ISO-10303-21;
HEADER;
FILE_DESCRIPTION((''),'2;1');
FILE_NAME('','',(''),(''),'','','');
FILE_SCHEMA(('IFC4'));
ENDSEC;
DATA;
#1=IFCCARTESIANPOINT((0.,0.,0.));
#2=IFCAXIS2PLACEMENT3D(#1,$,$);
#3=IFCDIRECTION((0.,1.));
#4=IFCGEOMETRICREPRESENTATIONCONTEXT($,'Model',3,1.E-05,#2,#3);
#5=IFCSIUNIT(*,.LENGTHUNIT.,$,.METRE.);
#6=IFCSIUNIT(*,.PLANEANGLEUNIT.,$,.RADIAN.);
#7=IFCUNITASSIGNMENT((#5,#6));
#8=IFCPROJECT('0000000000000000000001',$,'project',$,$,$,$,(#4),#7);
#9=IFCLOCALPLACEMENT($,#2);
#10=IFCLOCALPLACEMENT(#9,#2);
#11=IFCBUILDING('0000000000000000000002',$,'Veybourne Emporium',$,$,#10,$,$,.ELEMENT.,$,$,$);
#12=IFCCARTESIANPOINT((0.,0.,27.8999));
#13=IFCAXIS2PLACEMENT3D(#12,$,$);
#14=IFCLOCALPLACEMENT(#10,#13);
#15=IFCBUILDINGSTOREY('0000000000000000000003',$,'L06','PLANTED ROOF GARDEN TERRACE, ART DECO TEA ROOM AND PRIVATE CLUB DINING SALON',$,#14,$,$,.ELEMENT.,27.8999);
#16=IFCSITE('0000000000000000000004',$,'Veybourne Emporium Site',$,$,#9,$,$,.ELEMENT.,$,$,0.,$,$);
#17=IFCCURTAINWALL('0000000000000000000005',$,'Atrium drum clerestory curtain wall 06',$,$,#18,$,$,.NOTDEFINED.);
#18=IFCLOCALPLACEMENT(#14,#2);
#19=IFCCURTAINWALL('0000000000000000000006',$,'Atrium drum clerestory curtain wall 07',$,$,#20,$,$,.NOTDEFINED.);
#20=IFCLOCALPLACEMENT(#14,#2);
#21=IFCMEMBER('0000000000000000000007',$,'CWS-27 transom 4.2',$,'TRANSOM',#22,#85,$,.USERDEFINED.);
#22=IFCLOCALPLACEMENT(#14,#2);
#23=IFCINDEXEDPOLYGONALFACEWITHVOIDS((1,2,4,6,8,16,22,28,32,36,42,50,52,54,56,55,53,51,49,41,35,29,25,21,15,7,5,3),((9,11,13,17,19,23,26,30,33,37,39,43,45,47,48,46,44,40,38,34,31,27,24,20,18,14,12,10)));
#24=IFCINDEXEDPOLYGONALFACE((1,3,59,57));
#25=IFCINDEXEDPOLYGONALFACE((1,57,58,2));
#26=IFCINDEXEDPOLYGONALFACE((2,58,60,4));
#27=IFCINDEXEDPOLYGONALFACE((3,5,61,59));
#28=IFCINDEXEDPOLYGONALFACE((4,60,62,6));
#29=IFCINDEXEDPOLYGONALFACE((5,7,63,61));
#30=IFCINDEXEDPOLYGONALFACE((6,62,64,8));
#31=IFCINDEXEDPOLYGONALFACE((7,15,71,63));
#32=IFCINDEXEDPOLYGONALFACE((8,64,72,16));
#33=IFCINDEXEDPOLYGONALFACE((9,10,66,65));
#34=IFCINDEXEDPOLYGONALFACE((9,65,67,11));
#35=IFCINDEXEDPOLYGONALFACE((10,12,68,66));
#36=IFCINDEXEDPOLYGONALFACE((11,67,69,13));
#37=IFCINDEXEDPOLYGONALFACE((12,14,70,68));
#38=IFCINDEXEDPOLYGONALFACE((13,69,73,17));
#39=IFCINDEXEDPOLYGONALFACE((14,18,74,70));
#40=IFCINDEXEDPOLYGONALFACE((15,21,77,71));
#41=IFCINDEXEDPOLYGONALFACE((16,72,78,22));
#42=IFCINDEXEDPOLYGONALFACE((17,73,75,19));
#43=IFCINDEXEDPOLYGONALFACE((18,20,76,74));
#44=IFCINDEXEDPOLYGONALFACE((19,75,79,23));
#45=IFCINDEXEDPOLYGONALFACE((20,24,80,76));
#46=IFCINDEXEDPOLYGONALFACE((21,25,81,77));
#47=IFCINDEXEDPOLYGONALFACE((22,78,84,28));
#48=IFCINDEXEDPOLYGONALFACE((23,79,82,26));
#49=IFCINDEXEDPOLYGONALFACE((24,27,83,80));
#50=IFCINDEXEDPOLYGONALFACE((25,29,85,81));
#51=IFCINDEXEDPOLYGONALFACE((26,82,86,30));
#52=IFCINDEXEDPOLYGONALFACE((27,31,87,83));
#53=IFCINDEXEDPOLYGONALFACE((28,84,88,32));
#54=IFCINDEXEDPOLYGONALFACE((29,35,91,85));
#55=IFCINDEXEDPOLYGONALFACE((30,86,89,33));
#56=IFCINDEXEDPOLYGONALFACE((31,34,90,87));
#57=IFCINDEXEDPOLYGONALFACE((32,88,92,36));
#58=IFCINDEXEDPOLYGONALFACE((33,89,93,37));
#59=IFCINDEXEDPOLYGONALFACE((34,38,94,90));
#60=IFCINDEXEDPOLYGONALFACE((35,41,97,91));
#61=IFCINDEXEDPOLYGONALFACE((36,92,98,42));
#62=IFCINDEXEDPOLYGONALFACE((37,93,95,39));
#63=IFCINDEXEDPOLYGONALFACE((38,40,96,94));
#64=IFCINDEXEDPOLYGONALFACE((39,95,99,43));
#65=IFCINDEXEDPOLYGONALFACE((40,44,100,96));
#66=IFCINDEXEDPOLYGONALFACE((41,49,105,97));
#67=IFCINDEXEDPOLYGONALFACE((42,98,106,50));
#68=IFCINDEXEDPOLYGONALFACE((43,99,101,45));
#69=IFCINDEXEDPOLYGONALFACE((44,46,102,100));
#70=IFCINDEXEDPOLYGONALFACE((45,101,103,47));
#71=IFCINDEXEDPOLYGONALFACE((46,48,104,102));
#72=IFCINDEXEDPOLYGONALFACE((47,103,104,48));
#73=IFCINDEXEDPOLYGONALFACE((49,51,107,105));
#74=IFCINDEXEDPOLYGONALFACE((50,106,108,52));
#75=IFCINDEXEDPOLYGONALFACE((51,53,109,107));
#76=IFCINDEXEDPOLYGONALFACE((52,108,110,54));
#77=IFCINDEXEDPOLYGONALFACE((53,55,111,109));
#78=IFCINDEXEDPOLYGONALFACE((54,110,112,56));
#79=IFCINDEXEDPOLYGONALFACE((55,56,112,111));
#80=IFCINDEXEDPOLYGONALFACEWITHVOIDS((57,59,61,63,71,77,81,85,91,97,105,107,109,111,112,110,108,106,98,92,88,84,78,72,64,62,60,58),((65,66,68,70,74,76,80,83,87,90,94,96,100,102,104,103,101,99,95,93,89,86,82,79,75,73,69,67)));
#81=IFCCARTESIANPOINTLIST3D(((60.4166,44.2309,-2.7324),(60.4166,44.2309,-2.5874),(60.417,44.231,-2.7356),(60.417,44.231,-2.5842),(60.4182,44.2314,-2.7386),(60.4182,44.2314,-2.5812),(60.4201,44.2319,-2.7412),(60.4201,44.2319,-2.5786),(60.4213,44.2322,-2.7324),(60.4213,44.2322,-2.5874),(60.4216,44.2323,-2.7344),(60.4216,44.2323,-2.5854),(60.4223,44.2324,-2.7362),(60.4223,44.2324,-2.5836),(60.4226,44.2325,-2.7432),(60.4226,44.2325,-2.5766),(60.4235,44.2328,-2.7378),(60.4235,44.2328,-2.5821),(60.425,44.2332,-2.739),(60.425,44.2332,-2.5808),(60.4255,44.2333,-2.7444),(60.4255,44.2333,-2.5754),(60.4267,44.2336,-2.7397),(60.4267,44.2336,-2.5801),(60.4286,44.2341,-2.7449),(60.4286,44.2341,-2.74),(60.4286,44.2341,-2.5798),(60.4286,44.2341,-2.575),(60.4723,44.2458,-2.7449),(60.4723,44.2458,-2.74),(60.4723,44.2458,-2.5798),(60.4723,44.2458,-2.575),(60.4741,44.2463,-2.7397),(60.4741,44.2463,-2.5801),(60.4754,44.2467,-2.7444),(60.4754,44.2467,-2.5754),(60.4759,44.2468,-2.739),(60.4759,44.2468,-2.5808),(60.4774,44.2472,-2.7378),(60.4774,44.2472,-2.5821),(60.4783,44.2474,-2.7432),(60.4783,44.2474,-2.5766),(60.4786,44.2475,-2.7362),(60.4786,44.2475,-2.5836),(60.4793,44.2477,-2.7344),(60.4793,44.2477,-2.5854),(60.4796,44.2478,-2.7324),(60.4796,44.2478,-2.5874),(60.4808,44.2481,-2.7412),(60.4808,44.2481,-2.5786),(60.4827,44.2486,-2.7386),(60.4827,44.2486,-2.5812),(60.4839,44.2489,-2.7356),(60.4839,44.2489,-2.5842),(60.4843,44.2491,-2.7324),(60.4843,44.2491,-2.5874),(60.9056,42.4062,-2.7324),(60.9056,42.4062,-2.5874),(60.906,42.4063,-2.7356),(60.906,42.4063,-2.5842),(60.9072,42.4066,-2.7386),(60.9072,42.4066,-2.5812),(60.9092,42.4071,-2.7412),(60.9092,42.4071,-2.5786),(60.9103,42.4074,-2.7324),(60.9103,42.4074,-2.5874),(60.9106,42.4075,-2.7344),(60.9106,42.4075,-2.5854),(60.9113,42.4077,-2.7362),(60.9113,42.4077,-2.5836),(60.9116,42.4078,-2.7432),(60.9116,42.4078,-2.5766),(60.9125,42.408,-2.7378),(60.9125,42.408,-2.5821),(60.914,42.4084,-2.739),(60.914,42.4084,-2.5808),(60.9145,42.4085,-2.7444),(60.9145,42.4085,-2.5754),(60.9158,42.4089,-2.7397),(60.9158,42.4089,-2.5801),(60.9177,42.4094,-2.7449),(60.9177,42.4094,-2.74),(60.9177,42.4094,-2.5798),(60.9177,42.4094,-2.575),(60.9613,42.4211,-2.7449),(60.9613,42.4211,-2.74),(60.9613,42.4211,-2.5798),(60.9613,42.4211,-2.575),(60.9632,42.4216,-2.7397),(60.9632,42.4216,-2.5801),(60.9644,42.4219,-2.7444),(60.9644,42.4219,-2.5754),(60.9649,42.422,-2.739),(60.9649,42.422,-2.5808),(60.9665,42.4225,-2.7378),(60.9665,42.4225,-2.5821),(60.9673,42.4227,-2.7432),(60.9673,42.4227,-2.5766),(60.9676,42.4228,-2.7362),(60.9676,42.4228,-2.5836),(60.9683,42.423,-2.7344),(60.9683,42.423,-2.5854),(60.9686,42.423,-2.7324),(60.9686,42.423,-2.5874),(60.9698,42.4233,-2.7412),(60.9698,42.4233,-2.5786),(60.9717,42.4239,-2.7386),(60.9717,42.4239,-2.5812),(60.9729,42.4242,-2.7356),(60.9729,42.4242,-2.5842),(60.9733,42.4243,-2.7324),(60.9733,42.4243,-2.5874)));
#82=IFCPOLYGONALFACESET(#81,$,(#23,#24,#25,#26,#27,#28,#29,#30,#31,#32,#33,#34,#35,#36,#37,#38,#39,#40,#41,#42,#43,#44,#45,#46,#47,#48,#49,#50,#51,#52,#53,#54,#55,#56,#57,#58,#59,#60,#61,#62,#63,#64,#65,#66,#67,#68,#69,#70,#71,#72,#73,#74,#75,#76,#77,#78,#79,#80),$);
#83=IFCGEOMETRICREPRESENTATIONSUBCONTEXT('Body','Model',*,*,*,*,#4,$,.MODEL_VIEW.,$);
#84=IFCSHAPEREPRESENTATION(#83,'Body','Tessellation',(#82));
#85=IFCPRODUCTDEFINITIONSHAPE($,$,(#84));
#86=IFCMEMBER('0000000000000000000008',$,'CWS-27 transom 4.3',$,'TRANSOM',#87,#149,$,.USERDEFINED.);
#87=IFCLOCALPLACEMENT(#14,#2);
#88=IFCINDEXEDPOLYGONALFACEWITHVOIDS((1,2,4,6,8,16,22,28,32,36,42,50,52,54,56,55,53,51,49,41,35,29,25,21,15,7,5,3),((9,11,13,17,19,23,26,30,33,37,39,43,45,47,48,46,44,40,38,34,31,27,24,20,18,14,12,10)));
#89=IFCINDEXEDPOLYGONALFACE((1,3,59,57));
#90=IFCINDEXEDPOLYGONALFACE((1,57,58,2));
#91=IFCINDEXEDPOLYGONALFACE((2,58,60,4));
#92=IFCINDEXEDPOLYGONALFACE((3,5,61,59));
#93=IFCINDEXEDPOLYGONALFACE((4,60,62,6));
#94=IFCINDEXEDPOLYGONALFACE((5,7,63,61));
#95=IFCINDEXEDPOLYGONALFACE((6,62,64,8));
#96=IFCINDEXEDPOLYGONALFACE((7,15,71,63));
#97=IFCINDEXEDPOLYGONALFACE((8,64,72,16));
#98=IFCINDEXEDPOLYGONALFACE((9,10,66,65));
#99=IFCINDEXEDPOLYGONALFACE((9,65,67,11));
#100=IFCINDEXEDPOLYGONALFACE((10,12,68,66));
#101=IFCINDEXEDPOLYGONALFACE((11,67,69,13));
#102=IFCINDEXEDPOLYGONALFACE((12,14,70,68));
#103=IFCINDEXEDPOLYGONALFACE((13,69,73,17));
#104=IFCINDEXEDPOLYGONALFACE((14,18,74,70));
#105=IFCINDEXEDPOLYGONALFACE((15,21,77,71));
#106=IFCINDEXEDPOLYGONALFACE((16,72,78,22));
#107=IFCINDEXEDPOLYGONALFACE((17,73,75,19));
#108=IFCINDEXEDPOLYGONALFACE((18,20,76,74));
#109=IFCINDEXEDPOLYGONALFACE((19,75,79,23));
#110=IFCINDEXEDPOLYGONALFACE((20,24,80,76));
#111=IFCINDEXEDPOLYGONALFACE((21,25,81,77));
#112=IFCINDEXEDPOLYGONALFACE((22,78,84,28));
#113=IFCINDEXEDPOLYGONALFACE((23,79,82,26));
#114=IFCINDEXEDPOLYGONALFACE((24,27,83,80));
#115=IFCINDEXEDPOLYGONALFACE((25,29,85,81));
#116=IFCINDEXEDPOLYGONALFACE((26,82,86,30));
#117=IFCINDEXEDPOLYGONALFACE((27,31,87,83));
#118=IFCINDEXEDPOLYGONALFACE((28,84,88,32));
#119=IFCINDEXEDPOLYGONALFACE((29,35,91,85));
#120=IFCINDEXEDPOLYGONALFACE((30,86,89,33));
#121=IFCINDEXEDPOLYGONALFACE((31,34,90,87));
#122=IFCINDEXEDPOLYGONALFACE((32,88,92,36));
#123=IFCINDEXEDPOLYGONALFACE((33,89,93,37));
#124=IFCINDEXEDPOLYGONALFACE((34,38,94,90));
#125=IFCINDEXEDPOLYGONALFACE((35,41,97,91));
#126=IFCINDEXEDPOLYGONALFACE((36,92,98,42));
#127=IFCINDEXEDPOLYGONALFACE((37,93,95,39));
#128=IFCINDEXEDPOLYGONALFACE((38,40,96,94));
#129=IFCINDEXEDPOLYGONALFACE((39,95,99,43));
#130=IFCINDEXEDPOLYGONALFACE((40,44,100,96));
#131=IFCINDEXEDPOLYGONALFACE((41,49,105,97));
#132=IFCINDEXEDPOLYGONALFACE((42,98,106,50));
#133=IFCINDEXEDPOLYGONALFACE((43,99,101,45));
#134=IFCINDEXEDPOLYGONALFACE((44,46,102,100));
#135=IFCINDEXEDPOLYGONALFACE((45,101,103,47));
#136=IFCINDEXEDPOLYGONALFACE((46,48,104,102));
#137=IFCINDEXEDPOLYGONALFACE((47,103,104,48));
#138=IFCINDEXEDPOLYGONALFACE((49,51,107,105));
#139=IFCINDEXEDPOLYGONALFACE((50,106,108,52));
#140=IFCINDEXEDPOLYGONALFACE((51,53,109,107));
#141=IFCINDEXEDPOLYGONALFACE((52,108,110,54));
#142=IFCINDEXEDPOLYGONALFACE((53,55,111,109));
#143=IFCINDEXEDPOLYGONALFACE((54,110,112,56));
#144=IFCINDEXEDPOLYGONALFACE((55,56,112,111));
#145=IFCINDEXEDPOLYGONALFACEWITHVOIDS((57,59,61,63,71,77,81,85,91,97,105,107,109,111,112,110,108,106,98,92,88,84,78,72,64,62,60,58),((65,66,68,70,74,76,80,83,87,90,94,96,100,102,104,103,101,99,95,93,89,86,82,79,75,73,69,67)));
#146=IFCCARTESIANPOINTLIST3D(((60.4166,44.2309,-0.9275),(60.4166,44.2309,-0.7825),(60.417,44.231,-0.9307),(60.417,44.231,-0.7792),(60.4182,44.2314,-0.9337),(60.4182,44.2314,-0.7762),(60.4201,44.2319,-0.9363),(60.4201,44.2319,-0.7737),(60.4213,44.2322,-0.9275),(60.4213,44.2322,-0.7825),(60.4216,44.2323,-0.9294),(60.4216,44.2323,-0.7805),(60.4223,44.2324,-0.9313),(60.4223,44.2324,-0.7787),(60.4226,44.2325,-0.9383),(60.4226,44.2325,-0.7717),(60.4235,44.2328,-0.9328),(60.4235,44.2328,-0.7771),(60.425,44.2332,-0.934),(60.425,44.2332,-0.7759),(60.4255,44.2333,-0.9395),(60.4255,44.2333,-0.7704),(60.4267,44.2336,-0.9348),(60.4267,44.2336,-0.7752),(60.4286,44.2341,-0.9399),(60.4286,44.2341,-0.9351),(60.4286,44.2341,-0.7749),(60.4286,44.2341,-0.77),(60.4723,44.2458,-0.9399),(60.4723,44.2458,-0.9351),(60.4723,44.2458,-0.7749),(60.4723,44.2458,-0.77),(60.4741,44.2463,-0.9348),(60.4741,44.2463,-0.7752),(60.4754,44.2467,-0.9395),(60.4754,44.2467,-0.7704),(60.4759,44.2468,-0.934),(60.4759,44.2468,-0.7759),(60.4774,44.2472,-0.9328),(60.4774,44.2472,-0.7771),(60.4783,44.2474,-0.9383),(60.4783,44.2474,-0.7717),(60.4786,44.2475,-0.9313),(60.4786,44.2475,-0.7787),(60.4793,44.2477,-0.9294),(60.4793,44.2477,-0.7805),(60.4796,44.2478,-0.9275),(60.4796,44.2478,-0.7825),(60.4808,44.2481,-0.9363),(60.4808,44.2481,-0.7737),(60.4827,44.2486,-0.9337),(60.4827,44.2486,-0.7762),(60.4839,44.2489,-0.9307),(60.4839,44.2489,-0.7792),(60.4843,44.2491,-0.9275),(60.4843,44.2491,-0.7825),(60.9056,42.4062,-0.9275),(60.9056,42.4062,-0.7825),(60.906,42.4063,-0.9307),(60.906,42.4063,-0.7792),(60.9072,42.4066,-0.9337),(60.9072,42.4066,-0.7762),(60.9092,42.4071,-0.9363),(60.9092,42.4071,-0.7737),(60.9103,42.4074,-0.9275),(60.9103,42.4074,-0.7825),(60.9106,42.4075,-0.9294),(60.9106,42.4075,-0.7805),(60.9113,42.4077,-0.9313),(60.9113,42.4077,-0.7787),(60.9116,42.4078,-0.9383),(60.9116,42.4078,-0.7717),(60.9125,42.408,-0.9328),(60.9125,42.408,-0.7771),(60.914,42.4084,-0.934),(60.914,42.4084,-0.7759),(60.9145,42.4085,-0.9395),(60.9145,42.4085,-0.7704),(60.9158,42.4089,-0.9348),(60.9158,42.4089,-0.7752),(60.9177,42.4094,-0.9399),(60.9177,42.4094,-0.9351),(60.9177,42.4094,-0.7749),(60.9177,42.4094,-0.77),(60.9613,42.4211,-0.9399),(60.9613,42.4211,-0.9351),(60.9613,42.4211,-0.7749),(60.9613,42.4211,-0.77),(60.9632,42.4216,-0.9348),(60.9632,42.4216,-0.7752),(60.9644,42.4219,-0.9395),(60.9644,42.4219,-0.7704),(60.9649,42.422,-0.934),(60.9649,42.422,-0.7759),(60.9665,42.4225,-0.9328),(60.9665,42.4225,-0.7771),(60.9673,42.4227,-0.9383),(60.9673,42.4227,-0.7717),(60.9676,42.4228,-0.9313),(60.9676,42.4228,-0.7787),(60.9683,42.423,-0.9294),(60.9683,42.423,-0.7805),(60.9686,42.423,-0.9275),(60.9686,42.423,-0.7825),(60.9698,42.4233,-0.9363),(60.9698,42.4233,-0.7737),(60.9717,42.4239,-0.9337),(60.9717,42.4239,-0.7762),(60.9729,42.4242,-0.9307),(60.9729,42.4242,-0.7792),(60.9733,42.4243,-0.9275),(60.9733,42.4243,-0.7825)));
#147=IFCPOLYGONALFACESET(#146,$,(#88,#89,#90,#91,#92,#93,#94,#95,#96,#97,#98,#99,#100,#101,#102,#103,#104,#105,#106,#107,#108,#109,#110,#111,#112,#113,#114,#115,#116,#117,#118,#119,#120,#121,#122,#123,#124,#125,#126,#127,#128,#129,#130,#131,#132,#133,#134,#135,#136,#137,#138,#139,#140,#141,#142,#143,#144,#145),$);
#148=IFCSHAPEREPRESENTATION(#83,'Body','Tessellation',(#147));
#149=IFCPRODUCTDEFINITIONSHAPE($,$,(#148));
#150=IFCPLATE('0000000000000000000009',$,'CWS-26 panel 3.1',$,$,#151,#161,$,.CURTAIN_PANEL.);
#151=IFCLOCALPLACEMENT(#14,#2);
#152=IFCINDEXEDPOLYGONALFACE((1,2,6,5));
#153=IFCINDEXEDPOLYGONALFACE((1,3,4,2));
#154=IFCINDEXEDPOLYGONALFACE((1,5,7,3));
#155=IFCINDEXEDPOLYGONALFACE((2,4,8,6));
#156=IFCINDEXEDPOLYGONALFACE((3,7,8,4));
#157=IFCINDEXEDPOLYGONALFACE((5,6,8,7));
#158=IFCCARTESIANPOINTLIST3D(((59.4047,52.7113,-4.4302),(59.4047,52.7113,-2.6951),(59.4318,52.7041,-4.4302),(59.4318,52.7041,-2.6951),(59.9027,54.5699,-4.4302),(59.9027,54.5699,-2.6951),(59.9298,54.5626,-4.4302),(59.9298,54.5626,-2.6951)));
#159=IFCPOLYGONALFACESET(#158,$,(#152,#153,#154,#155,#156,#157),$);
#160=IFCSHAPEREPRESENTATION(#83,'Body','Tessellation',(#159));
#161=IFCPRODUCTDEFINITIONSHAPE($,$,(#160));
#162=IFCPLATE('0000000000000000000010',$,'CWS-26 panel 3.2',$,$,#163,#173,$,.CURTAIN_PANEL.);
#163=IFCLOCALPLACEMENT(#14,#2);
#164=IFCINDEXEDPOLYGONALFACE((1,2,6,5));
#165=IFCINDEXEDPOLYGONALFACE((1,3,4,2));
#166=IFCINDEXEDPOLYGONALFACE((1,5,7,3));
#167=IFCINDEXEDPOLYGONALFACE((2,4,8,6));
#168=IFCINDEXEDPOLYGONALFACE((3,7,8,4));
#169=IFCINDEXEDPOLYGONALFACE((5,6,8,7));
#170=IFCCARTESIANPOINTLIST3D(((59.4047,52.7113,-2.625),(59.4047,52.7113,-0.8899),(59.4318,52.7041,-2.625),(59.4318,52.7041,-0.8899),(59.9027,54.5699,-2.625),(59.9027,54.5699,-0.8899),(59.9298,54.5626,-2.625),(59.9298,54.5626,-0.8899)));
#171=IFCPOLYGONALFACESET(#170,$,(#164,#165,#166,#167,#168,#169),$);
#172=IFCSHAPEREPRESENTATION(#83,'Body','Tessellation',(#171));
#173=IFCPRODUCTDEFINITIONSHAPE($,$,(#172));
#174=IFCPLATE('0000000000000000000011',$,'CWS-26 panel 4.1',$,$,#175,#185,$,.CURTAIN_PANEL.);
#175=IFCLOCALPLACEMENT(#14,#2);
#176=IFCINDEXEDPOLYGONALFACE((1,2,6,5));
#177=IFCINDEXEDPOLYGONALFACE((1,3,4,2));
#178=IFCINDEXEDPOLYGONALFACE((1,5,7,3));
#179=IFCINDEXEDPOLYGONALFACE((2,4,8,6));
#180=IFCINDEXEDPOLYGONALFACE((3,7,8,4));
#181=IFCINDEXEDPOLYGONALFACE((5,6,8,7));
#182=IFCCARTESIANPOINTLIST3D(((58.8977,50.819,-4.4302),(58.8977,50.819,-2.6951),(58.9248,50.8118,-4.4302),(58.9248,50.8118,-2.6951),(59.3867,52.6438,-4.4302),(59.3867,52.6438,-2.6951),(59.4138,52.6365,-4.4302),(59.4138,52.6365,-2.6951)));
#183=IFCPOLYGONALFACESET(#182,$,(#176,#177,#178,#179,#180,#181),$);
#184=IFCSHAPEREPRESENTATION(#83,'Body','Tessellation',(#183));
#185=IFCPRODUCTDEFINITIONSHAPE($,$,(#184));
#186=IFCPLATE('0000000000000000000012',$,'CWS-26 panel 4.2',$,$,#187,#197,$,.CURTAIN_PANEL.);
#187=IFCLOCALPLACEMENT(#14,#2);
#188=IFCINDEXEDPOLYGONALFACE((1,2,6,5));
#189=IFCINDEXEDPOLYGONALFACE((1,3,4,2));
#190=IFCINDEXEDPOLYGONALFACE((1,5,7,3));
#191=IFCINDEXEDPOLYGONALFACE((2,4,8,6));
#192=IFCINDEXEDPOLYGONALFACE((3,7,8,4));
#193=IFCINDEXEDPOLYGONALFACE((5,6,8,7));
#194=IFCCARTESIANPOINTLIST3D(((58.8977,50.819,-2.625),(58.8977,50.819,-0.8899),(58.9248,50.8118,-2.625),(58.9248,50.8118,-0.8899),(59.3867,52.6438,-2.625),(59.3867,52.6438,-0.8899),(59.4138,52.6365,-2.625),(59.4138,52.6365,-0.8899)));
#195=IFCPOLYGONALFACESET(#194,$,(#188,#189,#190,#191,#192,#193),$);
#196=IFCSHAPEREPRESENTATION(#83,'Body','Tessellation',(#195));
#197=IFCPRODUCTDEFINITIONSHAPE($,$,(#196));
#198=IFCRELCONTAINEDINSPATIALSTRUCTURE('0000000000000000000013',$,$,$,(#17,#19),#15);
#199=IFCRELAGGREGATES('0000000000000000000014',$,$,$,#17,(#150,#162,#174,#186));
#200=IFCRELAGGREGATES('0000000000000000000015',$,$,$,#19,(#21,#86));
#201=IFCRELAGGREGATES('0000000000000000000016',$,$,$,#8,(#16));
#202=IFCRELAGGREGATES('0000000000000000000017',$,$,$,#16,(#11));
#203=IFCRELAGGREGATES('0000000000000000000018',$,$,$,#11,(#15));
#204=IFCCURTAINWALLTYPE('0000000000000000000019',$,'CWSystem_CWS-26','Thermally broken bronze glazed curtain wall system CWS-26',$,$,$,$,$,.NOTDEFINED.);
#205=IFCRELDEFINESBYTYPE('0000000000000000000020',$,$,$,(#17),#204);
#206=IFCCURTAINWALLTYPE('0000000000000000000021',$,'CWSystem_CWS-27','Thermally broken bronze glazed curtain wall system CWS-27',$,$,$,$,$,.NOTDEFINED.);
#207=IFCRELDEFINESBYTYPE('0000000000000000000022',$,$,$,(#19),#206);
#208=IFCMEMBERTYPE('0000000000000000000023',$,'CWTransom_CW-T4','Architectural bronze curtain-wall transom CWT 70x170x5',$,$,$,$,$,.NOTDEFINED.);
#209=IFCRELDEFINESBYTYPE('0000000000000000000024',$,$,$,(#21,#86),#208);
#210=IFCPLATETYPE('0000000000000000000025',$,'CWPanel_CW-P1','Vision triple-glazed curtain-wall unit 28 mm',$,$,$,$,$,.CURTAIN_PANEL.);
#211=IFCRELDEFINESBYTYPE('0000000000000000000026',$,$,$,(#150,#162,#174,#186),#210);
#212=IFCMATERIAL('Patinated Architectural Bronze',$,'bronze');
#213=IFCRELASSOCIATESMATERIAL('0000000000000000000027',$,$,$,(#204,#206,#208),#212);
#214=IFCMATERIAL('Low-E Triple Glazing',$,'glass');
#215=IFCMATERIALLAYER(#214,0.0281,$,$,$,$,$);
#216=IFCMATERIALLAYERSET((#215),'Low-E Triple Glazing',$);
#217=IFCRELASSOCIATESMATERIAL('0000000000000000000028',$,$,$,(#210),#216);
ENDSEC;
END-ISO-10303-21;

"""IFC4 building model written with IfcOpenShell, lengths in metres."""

from ifc_helpers import new_model, si_unit, direction, frame, origin, origin_2d, place, context, subcontext, project, spatial, rectangle, hollow_rectangle, extrude, material, layer, layer_set, material_profile, profile_set, type_object, element, aggregate, save


model = new_model("IFC4")

# Units and contexts
model_context = context("Model", 3, precision=1e-05, world=origin(), true_north=direction((0.0, 1.0)))
body_context = subcontext(model_context, "Body", "Model", "MODEL_VIEW")
ifc_project = project(units=[si_unit("LENGTHUNIT", "METRE"), si_unit("PLANEANGLEUNIT", "RADIAN")], contexts=[model_context])

# Site, building, storey
site_placement = place(None, origin())
site = spatial("IfcSite", under=ifc_project, at=site_placement, Name="Veybourne Emporium Site", CompositionType="ELEMENT", RefElevation=0.0)
building_placement = place(site_placement, origin())
building = spatial("IfcBuilding", under=site, at=building_placement, Name="Veybourne Emporium", CompositionType="ELEMENT")
storey_placement = place(building_placement, frame((0.0, 0.0, 27.8999)))
storey = spatial("IfcBuildingStorey", under=building, at=storey_placement, Name="L06", Description="PLANTED ROOF GARDEN TERRACE, ART DECO TEA ROOM AND PRIVATE CLUB DINING SALON", CompositionType="ELEMENT", Elevation=27.8999)

# Curtain walls
ifc_material_1 = material(Name="Patinated Architectural Bronze", Category="bronze")
curtain_wall_type_1 = type_object("IfcCurtainWallType", Name="CWSystem_CWS-26", Description="Thermally broken bronze glazed curtain wall system CWS-26", PredefinedType="NOTDEFINED", material=ifc_material_1)
curtain_wall_1_placement = place(storey_placement, origin())
curtain_wall_1 = element("IfcCurtainWall", 1, at=curtain_wall_1_placement, inside=storey, type_object=curtain_wall_type_1, Name="Atrium drum clerestory curtain wall 06", PredefinedType="NOTDEFINED")
curtain_wall_type_2 = type_object("IfcCurtainWallType", Name="CWSystem_CWS-27", Description="Thermally broken bronze glazed curtain wall system CWS-27", PredefinedType="NOTDEFINED", material=ifc_material_1)
curtain_wall_2_placement = place(storey_placement, origin())
curtain_wall_2 = element("IfcCurtainWall", 2, at=curtain_wall_2_placement, inside=storey, type_object=curtain_wall_type_2, Name="Atrium drum clerestory curtain wall 07", PredefinedType="NOTDEFINED")

# Members
ifc_material_profile_1 = material_profile(ifc_material_1, hollow_rectangle(XDim=0.0701, YDim=0.1699, WallThickness=0.0049, InnerFilletRadius=0.0076, OuterFilletRadius=0.0125, at=origin_2d()), Name="CWT 70x170x5")
ifc_profile_set_1 = profile_set([ifc_material_profile_1], Name="Patinated Architectural Bronze")
member_type_1 = type_object("IfcMemberType", Name="CWTransom_CW-T4", Description="Architectural bronze curtain-wall transom CWT 70x170x5", PredefinedType="NOTDEFINED", material=ifc_profile_set_1)
member_1_placement = place(storey_placement, frame((60.4504, 44.24, -2.6599), z_axis=(0.258861, -0.965915, 0.0), x_axis=(0.965915, 0.258861, 0.0)))
member_1 = element("IfcMember", 3, at=member_1_placement, type_object=member_type_1, Name="CWS-27 transom 4.2", ObjectType="TRANSOM", PredefinedType="USERDEFINED", context=body_context, shape_type="SweptSolid", body=[
    extrude(hollow_rectangle(XDim=0.0701, YDim=0.1699, WallThickness=0.0049, InnerFilletRadius=0.0076, OuterFilletRadius=0.0125, at=origin_2d()), origin(), (0.0, 0.0, 1.0), 1.8892),
])
member_2_placement = place(storey_placement, frame((60.4504, 44.24, -0.855), z_axis=(0.258861, -0.965915, 0.0), x_axis=(0.965915, 0.258861, 0.0)))
member_2 = element("IfcMember", 4, at=member_2_placement, type_object=member_type_1, Name="CWS-27 transom 4.3", ObjectType="TRANSOM", PredefinedType="USERDEFINED", context=body_context, shape_type="SweptSolid", body=[
    extrude(hollow_rectangle(XDim=0.0701, YDim=0.1699, WallThickness=0.0049, InnerFilletRadius=0.0076, OuterFilletRadius=0.0125, at=origin_2d()), origin(), (0.0, 0.0, 1.0), 1.8892),
])

# Plates
ifc_material_2 = material(Name="Low-E Triple Glazing", Category="glass")
ifc_layer = layer(ifc_material_2, 0.0281)
ifc_layer_set = layer_set([ifc_layer], Name="Low-E Triple Glazing")
plate_type = type_object("IfcPlateType", Name="CWPanel_CW-P1", Description="Vision triple-glazed curtain-wall unit 28 mm", PredefinedType="CURTAIN_PANEL", material=ifc_layer_set)
plate_1_placement = place(storey_placement, frame((59.6672, 53.637, -4.4302), z_axis=(0.0, 0.0, 1.0), x_axis=(-0.25882, -0.965926, 0.0)))
plate_1 = element("IfcPlate", 5, at=plate_1_placement, type_object=plate_type, Name="CWS-26 panel 3.1", PredefinedType="CURTAIN_PANEL", context=body_context, shape_type="SweptSolid", body=[
    extrude(rectangle(XDim=1.9241, YDim=0.0281, at=origin_2d()), origin(), (0.0, 0.0, 1.0), 1.7351),
])
plate_2_placement = place(storey_placement, frame((59.6672, 53.637, -2.625), z_axis=(0.0, 0.0, 1.0), x_axis=(-0.25882, -0.965926, 0.0)))
plate_2 = element("IfcPlate", 6, at=plate_2_placement, type_object=plate_type, Name="CWS-26 panel 3.2", PredefinedType="CURTAIN_PANEL", context=body_context, shape_type="SweptSolid", body=[
    extrude(rectangle(XDim=1.9241, YDim=0.0281, at=origin_2d()), origin(), (0.0, 0.0, 1.0), 1.7351),
])
plate_3_placement = place(storey_placement, frame((59.1558, 51.7278, -4.4302), z_axis=(0.0, 0.0, 1.0), x_axis=(-0.25882, -0.965926, 0.0)))
plate_3 = element("IfcPlate", 7, at=plate_3_placement, type_object=plate_type, Name="CWS-26 panel 4.1", PredefinedType="CURTAIN_PANEL", context=body_context, shape_type="SweptSolid", body=[
    extrude(rectangle(XDim=1.8892, YDim=0.0281, at=origin_2d()), origin(), (0.0, 0.0, 1.0), 1.7351),
])
plate_4_placement = place(storey_placement, frame((59.1558, 51.7278, -2.625), z_axis=(0.0, 0.0, 1.0), x_axis=(-0.25882, -0.965926, 0.0)))
plate_4 = element("IfcPlate", 8, at=plate_4_placement, type_object=plate_type, Name="CWS-26 panel 4.2", PredefinedType="CURTAIN_PANEL", context=body_context, shape_type="SweptSolid", body=[
    extrude(rectangle(XDim=1.8892, YDim=0.0281, at=origin_2d()), origin(), (0.0, 0.0, 1.0), 1.7351),
])
aggregate(curtain_wall_1, [plate_1, plate_2, plate_3, plate_4])
aggregate(curtain_wall_2, [member_1, member_2])

save(model, "model.ifc")
